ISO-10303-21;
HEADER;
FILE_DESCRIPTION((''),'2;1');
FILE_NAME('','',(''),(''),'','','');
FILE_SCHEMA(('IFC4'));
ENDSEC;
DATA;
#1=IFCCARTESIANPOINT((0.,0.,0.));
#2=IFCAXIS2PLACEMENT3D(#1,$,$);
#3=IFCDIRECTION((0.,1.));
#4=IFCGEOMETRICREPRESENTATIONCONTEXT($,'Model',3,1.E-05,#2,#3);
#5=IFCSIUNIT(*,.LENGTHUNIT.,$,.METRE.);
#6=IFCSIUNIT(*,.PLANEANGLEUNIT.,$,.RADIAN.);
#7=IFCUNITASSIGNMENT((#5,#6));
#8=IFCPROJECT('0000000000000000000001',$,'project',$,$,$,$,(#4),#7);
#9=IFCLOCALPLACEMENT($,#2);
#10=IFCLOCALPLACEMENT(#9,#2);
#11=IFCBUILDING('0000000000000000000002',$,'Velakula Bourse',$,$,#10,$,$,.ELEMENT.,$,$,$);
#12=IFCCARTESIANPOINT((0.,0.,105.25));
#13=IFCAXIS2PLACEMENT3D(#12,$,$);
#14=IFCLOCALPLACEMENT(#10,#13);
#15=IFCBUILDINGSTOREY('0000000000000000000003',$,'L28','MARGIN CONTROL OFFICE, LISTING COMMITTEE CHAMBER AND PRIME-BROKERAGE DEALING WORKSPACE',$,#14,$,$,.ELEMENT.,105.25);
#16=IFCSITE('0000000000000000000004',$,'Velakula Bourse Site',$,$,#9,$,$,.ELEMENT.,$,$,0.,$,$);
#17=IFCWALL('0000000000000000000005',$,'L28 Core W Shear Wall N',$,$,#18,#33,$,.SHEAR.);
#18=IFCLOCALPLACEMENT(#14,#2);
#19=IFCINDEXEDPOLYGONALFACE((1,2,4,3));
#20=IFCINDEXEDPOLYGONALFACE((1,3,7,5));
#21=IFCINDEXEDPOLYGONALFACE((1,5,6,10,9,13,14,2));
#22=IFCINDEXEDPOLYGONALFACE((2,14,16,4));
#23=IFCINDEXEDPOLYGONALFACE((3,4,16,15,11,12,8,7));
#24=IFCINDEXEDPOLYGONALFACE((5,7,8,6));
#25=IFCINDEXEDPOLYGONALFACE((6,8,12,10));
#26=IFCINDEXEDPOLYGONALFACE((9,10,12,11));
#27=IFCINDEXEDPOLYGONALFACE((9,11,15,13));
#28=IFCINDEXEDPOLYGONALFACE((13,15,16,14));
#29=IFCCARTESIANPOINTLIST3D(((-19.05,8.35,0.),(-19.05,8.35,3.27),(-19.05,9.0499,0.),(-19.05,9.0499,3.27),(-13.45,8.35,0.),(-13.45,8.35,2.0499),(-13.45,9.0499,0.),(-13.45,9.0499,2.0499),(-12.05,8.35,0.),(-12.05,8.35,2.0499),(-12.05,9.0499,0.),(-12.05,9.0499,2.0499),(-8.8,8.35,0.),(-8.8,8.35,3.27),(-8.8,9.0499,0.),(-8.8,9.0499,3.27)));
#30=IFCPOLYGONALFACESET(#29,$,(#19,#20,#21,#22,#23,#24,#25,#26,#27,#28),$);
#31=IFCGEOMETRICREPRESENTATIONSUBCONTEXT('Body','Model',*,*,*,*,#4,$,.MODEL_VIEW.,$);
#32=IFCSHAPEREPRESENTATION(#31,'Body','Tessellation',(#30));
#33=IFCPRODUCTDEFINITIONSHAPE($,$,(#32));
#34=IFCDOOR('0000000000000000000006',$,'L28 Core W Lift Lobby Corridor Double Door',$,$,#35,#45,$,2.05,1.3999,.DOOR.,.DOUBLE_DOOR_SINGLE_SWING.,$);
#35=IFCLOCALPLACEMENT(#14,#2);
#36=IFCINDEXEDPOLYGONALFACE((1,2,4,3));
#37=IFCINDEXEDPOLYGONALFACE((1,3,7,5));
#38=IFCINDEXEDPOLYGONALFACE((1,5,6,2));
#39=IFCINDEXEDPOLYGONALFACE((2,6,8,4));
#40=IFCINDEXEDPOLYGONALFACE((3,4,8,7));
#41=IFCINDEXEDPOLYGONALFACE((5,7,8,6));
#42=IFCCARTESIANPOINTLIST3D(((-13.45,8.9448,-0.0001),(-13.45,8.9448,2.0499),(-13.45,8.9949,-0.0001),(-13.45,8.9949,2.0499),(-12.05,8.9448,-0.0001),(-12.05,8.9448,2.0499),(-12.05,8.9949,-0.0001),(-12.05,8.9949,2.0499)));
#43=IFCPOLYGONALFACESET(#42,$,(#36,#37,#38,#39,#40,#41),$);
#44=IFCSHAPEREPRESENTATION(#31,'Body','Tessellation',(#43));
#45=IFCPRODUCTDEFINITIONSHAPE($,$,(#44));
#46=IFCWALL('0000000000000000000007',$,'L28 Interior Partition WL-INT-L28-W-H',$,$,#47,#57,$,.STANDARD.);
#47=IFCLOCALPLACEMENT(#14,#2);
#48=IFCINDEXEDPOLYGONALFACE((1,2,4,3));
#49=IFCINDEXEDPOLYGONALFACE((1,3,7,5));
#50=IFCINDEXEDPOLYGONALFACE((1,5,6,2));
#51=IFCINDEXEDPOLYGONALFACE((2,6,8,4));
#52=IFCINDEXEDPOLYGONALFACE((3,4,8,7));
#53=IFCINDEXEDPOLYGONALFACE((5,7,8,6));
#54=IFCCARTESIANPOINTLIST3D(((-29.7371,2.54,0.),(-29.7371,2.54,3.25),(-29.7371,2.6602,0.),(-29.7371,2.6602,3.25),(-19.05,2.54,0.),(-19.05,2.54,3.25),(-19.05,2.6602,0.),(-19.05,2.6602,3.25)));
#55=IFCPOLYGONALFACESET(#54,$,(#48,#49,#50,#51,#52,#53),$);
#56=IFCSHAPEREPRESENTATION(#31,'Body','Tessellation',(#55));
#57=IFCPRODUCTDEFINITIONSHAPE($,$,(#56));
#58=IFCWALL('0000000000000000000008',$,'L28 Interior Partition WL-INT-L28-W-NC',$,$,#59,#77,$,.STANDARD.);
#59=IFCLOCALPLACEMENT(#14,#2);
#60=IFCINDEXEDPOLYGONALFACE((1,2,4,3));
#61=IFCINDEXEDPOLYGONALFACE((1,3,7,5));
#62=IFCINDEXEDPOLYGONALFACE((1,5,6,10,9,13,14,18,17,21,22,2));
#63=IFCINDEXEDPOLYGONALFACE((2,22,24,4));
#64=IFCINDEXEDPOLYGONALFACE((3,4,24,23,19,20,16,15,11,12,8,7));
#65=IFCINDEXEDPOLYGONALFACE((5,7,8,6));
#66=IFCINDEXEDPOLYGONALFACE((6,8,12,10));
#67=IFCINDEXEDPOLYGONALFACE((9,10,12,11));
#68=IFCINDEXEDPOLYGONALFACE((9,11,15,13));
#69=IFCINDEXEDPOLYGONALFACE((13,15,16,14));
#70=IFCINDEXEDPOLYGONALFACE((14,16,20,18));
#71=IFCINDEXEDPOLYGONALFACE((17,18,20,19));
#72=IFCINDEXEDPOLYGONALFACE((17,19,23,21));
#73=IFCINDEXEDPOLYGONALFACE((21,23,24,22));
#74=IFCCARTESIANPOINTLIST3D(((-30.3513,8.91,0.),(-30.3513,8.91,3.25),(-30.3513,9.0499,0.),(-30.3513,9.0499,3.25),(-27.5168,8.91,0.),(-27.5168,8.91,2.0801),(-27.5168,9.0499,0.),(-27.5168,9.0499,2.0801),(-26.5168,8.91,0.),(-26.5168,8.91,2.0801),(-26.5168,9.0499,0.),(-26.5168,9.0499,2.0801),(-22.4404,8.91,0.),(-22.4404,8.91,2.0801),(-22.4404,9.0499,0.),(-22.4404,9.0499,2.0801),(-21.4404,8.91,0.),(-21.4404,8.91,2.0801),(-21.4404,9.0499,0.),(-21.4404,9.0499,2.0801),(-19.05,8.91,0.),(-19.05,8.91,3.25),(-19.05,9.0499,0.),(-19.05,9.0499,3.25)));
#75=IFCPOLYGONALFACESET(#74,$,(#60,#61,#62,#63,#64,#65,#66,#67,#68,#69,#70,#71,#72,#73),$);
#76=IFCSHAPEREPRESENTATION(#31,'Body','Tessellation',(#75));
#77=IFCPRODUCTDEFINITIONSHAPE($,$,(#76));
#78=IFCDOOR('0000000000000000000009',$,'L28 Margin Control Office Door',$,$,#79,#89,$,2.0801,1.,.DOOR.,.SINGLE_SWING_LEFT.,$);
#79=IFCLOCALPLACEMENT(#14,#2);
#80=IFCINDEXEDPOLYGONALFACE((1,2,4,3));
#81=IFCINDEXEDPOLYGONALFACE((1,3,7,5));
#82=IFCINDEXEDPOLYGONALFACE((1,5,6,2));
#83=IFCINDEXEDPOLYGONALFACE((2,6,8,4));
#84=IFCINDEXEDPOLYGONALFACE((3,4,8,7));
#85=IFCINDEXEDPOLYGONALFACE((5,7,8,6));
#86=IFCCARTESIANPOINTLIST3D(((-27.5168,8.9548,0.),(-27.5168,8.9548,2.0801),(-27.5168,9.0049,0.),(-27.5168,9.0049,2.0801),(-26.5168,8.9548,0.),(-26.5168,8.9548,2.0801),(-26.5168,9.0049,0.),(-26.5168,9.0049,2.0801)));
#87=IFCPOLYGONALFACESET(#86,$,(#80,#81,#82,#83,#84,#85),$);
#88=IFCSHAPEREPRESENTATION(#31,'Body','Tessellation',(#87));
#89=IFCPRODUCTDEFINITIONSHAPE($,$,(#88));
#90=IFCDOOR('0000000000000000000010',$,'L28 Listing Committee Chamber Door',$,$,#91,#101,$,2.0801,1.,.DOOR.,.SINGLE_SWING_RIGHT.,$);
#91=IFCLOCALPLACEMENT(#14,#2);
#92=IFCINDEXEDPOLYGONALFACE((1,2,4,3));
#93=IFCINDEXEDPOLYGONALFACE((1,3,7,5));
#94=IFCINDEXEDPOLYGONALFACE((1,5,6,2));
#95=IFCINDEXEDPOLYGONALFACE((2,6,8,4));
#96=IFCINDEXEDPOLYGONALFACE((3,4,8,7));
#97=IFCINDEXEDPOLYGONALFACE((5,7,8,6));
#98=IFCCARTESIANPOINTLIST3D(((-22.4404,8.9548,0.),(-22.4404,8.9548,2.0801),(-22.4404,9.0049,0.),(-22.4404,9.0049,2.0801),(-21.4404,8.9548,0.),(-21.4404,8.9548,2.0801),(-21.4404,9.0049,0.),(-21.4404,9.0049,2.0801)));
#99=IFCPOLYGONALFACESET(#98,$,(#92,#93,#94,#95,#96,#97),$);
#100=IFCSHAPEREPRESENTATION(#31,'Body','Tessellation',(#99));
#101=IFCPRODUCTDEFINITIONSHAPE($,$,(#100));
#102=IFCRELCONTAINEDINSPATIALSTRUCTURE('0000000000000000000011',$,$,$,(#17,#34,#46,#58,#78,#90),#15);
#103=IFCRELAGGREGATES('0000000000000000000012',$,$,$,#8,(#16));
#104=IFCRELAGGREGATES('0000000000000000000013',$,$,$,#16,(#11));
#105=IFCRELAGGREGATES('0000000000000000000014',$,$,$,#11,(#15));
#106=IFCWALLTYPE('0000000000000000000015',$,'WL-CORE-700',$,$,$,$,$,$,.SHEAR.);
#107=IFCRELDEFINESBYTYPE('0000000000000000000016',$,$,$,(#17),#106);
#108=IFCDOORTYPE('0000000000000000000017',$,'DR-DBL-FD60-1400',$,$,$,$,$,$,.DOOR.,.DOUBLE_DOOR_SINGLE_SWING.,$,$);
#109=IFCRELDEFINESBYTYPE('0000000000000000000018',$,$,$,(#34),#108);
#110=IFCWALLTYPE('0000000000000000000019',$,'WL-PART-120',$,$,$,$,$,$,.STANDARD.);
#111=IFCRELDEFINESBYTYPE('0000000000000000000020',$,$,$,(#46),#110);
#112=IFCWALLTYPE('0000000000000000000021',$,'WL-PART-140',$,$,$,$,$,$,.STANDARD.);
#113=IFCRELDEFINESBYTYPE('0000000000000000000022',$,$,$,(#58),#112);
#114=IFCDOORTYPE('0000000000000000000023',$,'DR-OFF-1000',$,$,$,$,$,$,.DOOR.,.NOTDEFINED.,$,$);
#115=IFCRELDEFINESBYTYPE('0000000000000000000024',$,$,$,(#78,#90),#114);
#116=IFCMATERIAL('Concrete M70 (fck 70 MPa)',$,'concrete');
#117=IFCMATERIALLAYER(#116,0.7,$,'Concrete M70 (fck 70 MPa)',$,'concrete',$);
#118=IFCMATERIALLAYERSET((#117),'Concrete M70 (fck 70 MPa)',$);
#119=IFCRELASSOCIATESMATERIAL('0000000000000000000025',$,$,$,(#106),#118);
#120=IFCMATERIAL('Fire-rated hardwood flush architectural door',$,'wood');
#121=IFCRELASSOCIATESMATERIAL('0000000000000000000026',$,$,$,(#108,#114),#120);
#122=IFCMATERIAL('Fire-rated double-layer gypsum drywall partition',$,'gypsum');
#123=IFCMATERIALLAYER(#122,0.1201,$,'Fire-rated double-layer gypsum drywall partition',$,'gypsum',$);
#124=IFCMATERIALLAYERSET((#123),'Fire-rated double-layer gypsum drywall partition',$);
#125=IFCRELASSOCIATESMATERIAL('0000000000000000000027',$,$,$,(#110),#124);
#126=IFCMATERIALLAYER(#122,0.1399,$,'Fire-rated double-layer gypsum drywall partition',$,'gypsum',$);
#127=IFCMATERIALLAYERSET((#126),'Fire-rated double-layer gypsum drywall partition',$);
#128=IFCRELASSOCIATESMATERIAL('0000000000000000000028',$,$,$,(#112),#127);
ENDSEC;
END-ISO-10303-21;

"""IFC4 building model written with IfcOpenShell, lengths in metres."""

from ifc_helpers import new_model, si_unit, direction, frame, frame_2d, origin, place, context, subcontext, project, spatial, rectangle, extrude, material, layer, layer_set, type_object, element, fill, save


model = new_model("IFC4")

# Units and contexts
model_context = context("Model", 3, precision=1e-05, world=origin(), true_north=direction((0.0, 1.0)))
body_context = subcontext(model_context, "Body", "Model", "MODEL_VIEW")
ifc_project = project(units=[si_unit("LENGTHUNIT", "METRE"), si_unit("PLANEANGLEUNIT", "RADIAN")], contexts=[model_context])

# Site, building, storey
site_placement = place(None, origin())
site = spatial("IfcSite", under=ifc_project, at=site_placement, Name="Velakula Bourse Site", CompositionType="ELEMENT", RefElevation=0.0)
building_placement = place(site_placement, origin())
building = spatial("IfcBuilding", under=site, at=building_placement, Name="Velakula Bourse", CompositionType="ELEMENT")
storey_placement = place(building_placement, frame((0.0, 0.0, 105.25)))
storey = spatial("IfcBuildingStorey", under=building, at=storey_placement, Name="L28", Description="MARGIN CONTROL OFFICE, LISTING COMMITTEE CHAMBER AND PRIME-BROKERAGE DEALING WORKSPACE", CompositionType="ELEMENT", Elevation=105.25)

# Shared definitions
ifc_material_1 = material(Name="Concrete M70 (fck 70 MPa)", Category="concrete")

# Wall, opening, door
ifc_layer_1 = layer(ifc_material_1, 0.7, Name="Concrete M70 (fck 70 MPa)", Category="concrete")
ifc_layer_set_1 = layer_set([ifc_layer_1], Name="Concrete M70 (fck 70 MPa)")
wall_type_1 = type_object("IfcWallType", Name="WL-CORE-700", PredefinedType="SHEAR", material=ifc_layer_set_1)
wall_1_placement = place(storey_placement, frame((-19.05, 8.7, 0.0), z_axis=(0.0, 0.0, 1.0), x_axis=(1.0, 0.0, 0.0)))
wall_1 = element("IfcWall", 1, at=wall_1_placement, inside=storey, type_object=wall_type_1, Name="L28 Core W Shear Wall N", PredefinedType="SHEAR", context=body_context, shape_type="SweptSolid", body=[
    extrude(rectangle(XDim=10.25, YDim=0.7, at=frame_2d((5.125, 0.0))), origin(), (0.0, 0.0, 1.0), 3.27),
])
opening_1_placement = place(wall_1_placement, frame((5.6001, 0.0, 0.0)))
opening_1 = element("IfcOpeningElement", 2, at=opening_1_placement, cuts=wall_1, PredefinedType="OPENING", context=body_context, shape_type="SweptSolid", body=[
    extrude(rectangle(XDim=1.3999, YDim=2.05, at=frame_2d((0.7, 1.0249))), frame((0.0, 0.3599, 0.0), z_axis=(0.0, -1.0, 0.0), x_axis=(1.0, 0.0, 0.0)), (0.0, 0.0, 1.0), 0.72),
])
ifc_material_2 = material(Name="Fire-rated hardwood flush architectural door", Category="wood")
door_type_1 = type_object("IfcDoorType", Name="DR-DBL-FD60-1400", OperationType="DOUBLE_DOOR_SINGLE_SWING", PredefinedType="DOOR", material=ifc_material_2)
door_1_placement = place(opening_1_placement, origin())
door_1 = element("IfcDoor", 3, at=door_1_placement, inside=storey, type_object=door_type_1, Name="L28 Core W Lift Lobby Corridor Double Door", OperationType="DOUBLE_DOOR_SINGLE_SWING", OverallHeight=2.05, OverallWidth=1.3999, PredefinedType="DOOR", context=body_context, shape_type="SweptSolid", body=[
    extrude(rectangle(XDim=1.3999, YDim=2.05, at=frame_2d((0.7, 1.0249))), frame((0.0, 0.2949, 0.0), z_axis=(0.0, -1.0, 0.0), x_axis=(1.0, 0.0, 0.0)), (0.0, 0.0, 1.0), 0.05),
])
fill(opening_1, door_1)

# Wall
ifc_material_3 = material(Name="Fire-rated double-layer gypsum drywall partition", Category="gypsum")
ifc_layer_2 = layer(ifc_material_3, 0.1201, Name="Fire-rated double-layer gypsum drywall partition", Category="gypsum")
ifc_layer_set_2 = layer_set([ifc_layer_2], Name="Fire-rated double-layer gypsum drywall partition")
wall_type_2 = type_object("IfcWallType", Name="WL-PART-120", PredefinedType="STANDARD", material=ifc_layer_set_2)
wall_2_placement = place(storey_placement, frame((-29.7371, 2.6001, 0.0), z_axis=(0.0, 0.0, 1.0), x_axis=(1.0, 0.0, 0.0)))
element("IfcWall", 4, at=wall_2_placement, inside=storey, type_object=wall_type_2, Name="L28 Interior Partition WL-INT-L28-W-H", PredefinedType="STANDARD", context=body_context, shape_type="SweptSolid", body=[
    extrude(rectangle(XDim=10.687, YDim=0.1201, at=frame_2d((5.3435, 0.0))), origin(), (0.0, 0.0, 1.0), 3.25),
])

# Wall, openings, doors
ifc_layer_3 = layer(ifc_material_3, 0.1399, Name="Fire-rated double-layer gypsum drywall partition", Category="gypsum")
ifc_layer_set_3 = layer_set([ifc_layer_3], Name="Fire-rated double-layer gypsum drywall partition")
wall_type_3 = type_object("IfcWallType", Name="WL-PART-140", PredefinedType="STANDARD", material=ifc_layer_set_3)
wall_3_placement = place(storey_placement, frame((-30.3513, 8.98, 0.0), z_axis=(0.0, 0.0, 1.0), x_axis=(1.0, 0.0, 0.0)))
wall_3 = element("IfcWall", 5, at=wall_3_placement, inside=storey, type_object=wall_type_3, Name="L28 Interior Partition WL-INT-L28-W-NC", PredefinedType="STANDARD", context=body_context, shape_type="SweptSolid", body=[
    extrude(rectangle(XDim=11.3013, YDim=0.1399, at=frame_2d((5.6506, 0.0))), origin(), (0.0, 0.0, 1.0), 3.25),
])
opening_2_placement = place(wall_3_placement, frame((2.8345, 0.0, 0.0)))
opening_2 = element("IfcOpeningElement", 6, at=opening_2_placement, cuts=wall_3, PredefinedType="OPENING", context=body_context, shape_type="SweptSolid", body=[
    extrude(rectangle(XDim=1.0, YDim=2.0801, at=frame_2d((0.5, 1.04))), frame((0.0, 0.0798, 0.0), z_axis=(0.0, -1.0, 0.0), x_axis=(1.0, 0.0, 0.0)), (0.0, 0.0, 1.0), 0.1599),
])
opening_3_placement = place(wall_3_placement, frame((7.9109, 0.0, 0.0)))
opening_3 = element("IfcOpeningElement", 7, at=opening_3_placement, cuts=wall_3, PredefinedType="OPENING", context=body_context, shape_type="SweptSolid", body=[
    extrude(rectangle(XDim=1.0, YDim=2.0801, at=frame_2d((0.5, 1.04))), frame((0.0, 0.0798, 0.0), z_axis=(0.0, -1.0, 0.0), x_axis=(1.0, 0.0, 0.0)), (0.0, 0.0, 1.0), 0.1599),
])
door_type_2 = type_object("IfcDoorType", Name="DR-OFF-1000", OperationType="NOTDEFINED", PredefinedType="DOOR", material=ifc_material_2)
door_2_placement = place(opening_2_placement, origin())
door_2 = element("IfcDoor", 8, at=door_2_placement, inside=storey, type_object=door_type_2, Name="L28 Margin Control Office Door", OperationType="SINGLE_SWING_LEFT", OverallHeight=2.0801, OverallWidth=1.0, PredefinedType="DOOR", context=body_context, shape_type="SweptSolid", body=[
    extrude(rectangle(XDim=1.0, YDim=2.0801, at=frame_2d((0.5, 1.04))), frame((0.0, 0.0249, 0.0), z_axis=(0.0, -1.0, 0.0), x_axis=(1.0, 0.0, 0.0)), (0.0, 0.0, 1.0), 0.05),
])
fill(opening_2, door_2)
door_3_placement = place(opening_3_placement, origin())
door_3 = element("IfcDoor", 9, at=door_3_placement, inside=storey, type_object=door_type_2, Name="L28 Listing Committee Chamber Door", OperationType="SINGLE_SWING_RIGHT", OverallHeight=2.0801, OverallWidth=1.0, PredefinedType="DOOR", context=body_context, shape_type="SweptSolid", body=[
    extrude(rectangle(XDim=1.0, YDim=2.0801, at=frame_2d((0.5, 1.04))), frame((0.0, 0.0249, 0.0), z_axis=(0.0, -1.0, 0.0), x_axis=(1.0, 0.0, 0.0)), (0.0, 0.0, 1.0), 0.05),
])
fill(opening_3, door_3)

save(model, "model.ifc")
